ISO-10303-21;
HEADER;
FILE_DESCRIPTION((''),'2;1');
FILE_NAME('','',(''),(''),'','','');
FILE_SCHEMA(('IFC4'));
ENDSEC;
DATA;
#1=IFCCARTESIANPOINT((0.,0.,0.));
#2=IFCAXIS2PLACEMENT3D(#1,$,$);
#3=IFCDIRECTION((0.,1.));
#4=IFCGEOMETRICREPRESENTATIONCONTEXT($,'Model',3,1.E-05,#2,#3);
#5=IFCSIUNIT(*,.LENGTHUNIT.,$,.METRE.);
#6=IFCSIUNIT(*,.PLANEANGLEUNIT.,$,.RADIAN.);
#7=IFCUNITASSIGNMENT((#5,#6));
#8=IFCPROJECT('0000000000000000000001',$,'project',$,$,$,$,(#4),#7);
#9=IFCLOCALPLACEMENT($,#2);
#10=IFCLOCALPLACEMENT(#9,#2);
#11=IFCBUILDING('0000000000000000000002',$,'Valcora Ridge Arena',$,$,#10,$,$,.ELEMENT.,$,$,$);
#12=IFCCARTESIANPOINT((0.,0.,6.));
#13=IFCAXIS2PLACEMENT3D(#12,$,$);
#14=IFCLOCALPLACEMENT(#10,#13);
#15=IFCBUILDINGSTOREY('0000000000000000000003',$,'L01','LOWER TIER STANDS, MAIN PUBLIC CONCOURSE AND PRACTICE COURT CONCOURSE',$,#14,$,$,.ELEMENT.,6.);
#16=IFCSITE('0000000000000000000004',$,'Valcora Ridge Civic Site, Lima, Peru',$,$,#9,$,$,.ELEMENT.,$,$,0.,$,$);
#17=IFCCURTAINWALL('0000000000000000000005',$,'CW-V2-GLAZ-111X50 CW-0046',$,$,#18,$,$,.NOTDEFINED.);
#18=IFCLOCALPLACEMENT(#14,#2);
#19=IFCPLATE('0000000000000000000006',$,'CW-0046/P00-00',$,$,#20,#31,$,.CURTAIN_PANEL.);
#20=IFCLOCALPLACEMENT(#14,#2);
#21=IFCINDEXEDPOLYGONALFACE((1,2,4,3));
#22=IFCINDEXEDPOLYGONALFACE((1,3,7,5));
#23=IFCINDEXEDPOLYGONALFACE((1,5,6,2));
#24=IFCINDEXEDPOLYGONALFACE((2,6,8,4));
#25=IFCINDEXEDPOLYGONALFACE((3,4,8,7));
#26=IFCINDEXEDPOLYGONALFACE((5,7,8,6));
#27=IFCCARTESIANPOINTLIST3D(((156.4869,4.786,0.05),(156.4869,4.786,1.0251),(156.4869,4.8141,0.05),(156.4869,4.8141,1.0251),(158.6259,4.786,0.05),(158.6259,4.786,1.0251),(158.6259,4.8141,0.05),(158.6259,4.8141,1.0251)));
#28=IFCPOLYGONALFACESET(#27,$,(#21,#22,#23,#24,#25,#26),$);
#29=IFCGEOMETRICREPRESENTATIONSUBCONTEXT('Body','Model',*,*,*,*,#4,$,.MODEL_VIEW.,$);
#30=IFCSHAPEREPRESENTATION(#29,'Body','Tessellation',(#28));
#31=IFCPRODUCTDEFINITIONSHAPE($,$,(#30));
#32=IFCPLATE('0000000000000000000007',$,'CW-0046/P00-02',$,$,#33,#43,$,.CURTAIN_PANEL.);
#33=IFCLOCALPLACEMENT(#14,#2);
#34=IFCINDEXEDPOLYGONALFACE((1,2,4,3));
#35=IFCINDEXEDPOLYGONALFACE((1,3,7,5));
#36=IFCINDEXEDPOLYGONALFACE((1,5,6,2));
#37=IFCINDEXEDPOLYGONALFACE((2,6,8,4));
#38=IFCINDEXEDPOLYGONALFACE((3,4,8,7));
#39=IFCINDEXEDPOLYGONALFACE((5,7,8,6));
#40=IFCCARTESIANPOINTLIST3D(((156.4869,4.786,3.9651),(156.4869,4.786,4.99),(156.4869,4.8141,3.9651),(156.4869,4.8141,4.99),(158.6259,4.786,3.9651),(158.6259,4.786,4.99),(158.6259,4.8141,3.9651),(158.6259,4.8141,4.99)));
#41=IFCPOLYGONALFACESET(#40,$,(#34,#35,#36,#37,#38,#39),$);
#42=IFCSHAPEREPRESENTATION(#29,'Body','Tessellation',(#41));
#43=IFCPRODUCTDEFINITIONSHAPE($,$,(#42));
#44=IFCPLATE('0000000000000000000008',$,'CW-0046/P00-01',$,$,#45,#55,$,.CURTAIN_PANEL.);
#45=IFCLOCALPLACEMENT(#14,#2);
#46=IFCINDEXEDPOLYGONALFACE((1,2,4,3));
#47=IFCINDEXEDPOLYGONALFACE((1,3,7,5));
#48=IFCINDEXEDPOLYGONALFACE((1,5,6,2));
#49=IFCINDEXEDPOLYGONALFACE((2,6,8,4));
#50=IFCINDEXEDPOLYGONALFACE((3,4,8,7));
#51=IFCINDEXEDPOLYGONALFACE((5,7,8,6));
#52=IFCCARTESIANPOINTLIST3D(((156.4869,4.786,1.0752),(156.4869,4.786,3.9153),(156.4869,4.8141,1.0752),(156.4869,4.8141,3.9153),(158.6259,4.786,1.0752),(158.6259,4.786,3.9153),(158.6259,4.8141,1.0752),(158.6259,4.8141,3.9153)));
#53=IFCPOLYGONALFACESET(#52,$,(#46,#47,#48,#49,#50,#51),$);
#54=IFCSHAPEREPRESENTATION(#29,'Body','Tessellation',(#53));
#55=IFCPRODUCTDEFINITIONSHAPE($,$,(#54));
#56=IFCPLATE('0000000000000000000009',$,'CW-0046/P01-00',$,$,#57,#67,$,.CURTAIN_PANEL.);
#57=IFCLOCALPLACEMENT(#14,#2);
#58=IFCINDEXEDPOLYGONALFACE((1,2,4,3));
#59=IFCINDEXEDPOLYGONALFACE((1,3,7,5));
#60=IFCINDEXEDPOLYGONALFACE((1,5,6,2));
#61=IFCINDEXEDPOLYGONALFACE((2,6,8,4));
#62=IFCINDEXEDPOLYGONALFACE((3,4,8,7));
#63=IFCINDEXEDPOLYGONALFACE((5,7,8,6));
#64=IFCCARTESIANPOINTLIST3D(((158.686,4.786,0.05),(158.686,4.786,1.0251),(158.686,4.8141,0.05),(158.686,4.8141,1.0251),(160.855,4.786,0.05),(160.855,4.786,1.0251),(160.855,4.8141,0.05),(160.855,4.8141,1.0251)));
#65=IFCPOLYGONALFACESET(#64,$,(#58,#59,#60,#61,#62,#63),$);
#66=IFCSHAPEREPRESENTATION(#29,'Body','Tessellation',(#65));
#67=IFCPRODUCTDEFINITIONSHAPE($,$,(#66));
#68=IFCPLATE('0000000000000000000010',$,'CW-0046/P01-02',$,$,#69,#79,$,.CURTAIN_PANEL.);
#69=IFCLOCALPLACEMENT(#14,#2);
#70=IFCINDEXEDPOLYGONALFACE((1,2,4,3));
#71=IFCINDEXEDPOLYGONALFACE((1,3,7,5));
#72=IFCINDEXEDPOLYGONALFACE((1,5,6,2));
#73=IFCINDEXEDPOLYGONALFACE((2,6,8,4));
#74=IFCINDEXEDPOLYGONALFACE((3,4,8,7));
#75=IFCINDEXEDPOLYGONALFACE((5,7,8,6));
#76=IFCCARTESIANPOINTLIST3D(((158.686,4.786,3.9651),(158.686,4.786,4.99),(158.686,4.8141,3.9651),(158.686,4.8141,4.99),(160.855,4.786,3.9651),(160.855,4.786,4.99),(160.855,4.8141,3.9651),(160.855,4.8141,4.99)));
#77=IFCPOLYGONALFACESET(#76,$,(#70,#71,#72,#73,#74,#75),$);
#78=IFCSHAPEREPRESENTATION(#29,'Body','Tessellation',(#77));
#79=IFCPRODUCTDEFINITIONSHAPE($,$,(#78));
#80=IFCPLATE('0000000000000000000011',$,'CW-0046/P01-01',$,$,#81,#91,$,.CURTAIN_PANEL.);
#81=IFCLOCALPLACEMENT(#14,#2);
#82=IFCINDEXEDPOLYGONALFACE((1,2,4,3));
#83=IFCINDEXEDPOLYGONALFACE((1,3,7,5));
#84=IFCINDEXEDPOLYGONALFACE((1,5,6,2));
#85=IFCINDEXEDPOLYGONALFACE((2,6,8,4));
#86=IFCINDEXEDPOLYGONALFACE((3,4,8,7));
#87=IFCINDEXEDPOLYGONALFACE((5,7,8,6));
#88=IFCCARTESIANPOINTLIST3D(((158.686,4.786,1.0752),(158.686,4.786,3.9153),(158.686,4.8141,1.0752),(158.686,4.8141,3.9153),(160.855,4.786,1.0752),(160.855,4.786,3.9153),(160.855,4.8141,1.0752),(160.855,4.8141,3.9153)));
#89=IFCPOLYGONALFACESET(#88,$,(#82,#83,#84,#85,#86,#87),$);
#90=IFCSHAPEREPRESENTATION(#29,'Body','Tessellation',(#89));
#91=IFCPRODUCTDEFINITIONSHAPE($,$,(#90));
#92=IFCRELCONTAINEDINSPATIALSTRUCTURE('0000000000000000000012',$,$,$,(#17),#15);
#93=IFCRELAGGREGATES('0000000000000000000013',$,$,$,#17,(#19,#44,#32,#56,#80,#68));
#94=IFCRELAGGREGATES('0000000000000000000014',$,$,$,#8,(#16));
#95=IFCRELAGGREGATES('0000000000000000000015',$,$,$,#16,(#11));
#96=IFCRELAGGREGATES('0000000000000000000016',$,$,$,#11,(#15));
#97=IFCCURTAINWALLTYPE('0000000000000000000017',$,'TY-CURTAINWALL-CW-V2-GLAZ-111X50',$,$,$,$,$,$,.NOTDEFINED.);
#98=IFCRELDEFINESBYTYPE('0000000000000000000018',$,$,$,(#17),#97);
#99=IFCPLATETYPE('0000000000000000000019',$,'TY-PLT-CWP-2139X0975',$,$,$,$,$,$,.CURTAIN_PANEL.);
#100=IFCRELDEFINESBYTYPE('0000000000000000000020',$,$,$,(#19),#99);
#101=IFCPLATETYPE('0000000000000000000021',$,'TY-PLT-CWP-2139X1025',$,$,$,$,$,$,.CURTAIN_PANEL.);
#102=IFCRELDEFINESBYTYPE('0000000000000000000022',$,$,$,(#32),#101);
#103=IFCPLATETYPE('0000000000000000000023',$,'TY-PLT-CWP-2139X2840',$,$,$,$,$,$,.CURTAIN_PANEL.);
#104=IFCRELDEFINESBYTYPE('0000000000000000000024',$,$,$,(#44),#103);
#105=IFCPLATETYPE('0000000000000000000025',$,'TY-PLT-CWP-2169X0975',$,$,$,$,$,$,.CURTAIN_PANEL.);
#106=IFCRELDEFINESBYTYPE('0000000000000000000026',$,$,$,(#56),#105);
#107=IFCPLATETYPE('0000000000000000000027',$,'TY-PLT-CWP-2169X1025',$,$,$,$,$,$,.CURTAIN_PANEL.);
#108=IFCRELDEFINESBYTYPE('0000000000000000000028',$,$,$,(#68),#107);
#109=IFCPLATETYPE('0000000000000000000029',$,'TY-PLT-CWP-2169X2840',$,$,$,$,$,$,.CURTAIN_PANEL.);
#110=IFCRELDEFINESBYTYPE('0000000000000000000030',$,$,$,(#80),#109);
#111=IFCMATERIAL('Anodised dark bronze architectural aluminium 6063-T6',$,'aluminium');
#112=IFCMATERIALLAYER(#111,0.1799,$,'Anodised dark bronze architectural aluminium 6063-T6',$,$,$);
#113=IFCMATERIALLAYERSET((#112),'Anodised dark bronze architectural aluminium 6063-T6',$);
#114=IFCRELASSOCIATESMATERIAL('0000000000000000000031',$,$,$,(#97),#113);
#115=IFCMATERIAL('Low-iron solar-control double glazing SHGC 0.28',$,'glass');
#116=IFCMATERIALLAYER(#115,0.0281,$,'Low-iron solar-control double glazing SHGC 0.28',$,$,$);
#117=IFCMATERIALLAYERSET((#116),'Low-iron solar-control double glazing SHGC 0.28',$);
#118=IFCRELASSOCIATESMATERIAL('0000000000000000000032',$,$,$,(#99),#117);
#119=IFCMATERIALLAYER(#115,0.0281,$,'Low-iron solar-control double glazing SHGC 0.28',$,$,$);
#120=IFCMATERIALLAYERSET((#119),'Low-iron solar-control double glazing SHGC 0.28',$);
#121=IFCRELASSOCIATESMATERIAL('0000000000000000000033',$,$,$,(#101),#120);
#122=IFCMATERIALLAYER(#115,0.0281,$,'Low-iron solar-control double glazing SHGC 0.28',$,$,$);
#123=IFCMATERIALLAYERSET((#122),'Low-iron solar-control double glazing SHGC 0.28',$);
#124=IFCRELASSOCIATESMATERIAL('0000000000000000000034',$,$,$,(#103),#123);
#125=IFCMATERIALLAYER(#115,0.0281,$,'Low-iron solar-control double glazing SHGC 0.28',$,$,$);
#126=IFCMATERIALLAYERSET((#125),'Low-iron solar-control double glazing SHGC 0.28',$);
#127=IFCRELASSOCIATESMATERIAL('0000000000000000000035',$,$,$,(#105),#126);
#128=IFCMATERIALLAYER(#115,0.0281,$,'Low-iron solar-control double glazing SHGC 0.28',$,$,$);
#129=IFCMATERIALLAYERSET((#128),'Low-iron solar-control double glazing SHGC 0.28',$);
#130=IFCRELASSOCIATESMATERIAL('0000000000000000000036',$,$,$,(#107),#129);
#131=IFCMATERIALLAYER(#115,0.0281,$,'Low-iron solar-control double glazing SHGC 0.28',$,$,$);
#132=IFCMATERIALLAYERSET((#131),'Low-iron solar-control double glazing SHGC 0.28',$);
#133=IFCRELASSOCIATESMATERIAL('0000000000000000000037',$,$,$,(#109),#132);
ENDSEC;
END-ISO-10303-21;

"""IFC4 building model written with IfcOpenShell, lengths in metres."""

from ifc_helpers import new_model, si_unit, direction, frame, origin, origin_2d, place, context, subcontext, project, spatial, rectangle, extrude, material, layer, layer_set, type_object, element, aggregate, save


model = new_model("IFC4")

# Units and contexts
model_context = context("Model", 3, precision=1e-05, world=origin(), true_north=direction((0.0, 1.0)))
body_context = subcontext(model_context, "Body", "Model", "MODEL_VIEW")
ifc_project = project(units=[si_unit("LENGTHUNIT", "METRE"), si_unit("PLANEANGLEUNIT", "RADIAN")], contexts=[model_context])

# Site, building, storey
site_placement = place(None, origin())
site = spatial("IfcSite", under=ifc_project, at=site_placement, Name="Valcora Ridge Civic Site, Lima, Peru", CompositionType="ELEMENT", RefElevation=0.0)
building_placement = place(site_placement, origin())
building = spatial("IfcBuilding", under=site, at=building_placement, Name="Valcora Ridge Arena", CompositionType="ELEMENT")
storey_placement = place(building_placement, frame((0.0, 0.0, 6.0)))
storey = spatial("IfcBuildingStorey", under=building, at=storey_placement, Name="L01", Description="LOWER TIER STANDS, MAIN PUBLIC CONCOURSE AND PRACTICE COURT CONCOURSE", CompositionType="ELEMENT", Elevation=6.0)

# Shared definitions
ifc_material_1 = material(Name="Anodised dark bronze architectural aluminium 6063-T6", Category="aluminium")
ifc_layer_1 = layer(ifc_material_1, 0.1799, Name="Anodised dark bronze architectural aluminium 6063-T6")
ifc_layer_set_1 = layer_set([ifc_layer_1], Name="Anodised dark bronze architectural aluminium 6063-T6")
curtain_wall_type = type_object("IfcCurtainWallType", Name="TY-CURTAINWALL-CW-V2-GLAZ-111X50", PredefinedType="NOTDEFINED", material=ifc_layer_set_1)

# Curtain wall, plates
curtain_wall_1_placement = place(storey_placement, origin())
curtain_wall_1 = element("IfcCurtainWall", 1, at=curtain_wall_1_placement, inside=storey, type_object=curtain_wall_type, Name="CW-V2-GLAZ-111X50 CW-0046", PredefinedType="NOTDEFINED")
ifc_material_2 = material(Name="Low-iron solar-control double glazing SHGC 0.28", Category="glass")
ifc_layer_2 = layer(ifc_material_2, 0.0281, Name="Low-iron solar-control double glazing SHGC 0.28")
ifc_layer_set_2 = layer_set([ifc_layer_2], Name="Low-iron solar-control double glazing SHGC 0.28")
plate_type_1 = type_object("IfcPlateType", Name="TY-PLT-CWP-2139X0975", PredefinedType="CURTAIN_PANEL", material=ifc_layer_set_2)
plate_1_placement = place(storey_placement, frame((157.5564, 4.8, 0.05), z_axis=(0.0, 0.0, 1.0), x_axis=(1.0, 0.0, 0.0)))
plate_1 = element("IfcPlate", 2, at=plate_1_placement, type_object=plate_type_1, Name="CW-0046/P00-00", PredefinedType="CURTAIN_PANEL", context=body_context, shape_type="SweptSolid", body=[
    extrude(rectangle(XDim=2.1389, YDim=0.0281, at=origin_2d()), origin(), (0.0, 0.0, 1.0), 0.9751),
])
ifc_layer_3 = layer(ifc_material_2, 0.0281, Name="Low-iron solar-control double glazing SHGC 0.28")
ifc_layer_set_3 = layer_set([ifc_layer_3], Name="Low-iron solar-control double glazing SHGC 0.28")
plate_type_2 = type_object("IfcPlateType", Name="TY-PLT-CWP-2139X1025", PredefinedType="CURTAIN_PANEL", material=ifc_layer_set_3)
plate_2_placement = place(storey_placement, frame((157.5564, 4.8, 3.9651), z_axis=(0.0, 0.0, 1.0), x_axis=(1.0, 0.0, 0.0)))
plate_2 = element("IfcPlate", 3, at=plate_2_placement, type_object=plate_type_2, Name="CW-0046/P00-02", PredefinedType="CURTAIN_PANEL", context=body_context, shape_type="SweptSolid", body=[
    extrude(rectangle(XDim=2.1389, YDim=0.0281, at=origin_2d()), origin(), (0.0, 0.0, 1.0), 1.0249),
])
ifc_layer_4 = layer(ifc_material_2, 0.0281, Name="Low-iron solar-control double glazing SHGC 0.28")
ifc_layer_set_4 = layer_set([ifc_layer_4], Name="Low-iron solar-control double glazing SHGC 0.28")
plate_type_3 = type_object("IfcPlateType", Name="TY-PLT-CWP-2139X2840", PredefinedType="CURTAIN_PANEL", material=ifc_layer_set_4)
plate_3_placement = place(storey_placement, frame((157.5564, 4.8, 1.0752), z_axis=(0.0, 0.0, 1.0), x_axis=(1.0, 0.0, 0.0)))
plate_3 = element("IfcPlate", 4, at=plate_3_placement, type_object=plate_type_3, Name="CW-0046/P00-01", PredefinedType="CURTAIN_PANEL", context=body_context, shape_type="SweptSolid", body=[
    extrude(rectangle(XDim=2.1389, YDim=0.0281, at=origin_2d()), origin(), (0.0, 0.0, 1.0), 2.8401),
])
ifc_layer_5 = layer(ifc_material_2, 0.0281, Name="Low-iron solar-control double glazing SHGC 0.28")
ifc_layer_set_5 = layer_set([ifc_layer_5], Name="Low-iron solar-control double glazing SHGC 0.28")
plate_type_4 = type_object("IfcPlateType", Name="TY-PLT-CWP-2169X0975", PredefinedType="CURTAIN_PANEL", material=ifc_layer_set_5)
plate_4_placement = place(storey_placement, frame((159.7705, 4.8, 0.05), z_axis=(0.0, 0.0, 1.0), x_axis=(1.0, 0.0, 0.0)))
plate_4 = element("IfcPlate", 5, at=plate_4_placement, type_object=plate_type_4, Name="CW-0046/P01-00", PredefinedType="CURTAIN_PANEL", context=body_context, shape_type="SweptSolid", body=[
    extrude(rectangle(XDim=2.1689, YDim=0.0281, at=origin_2d()), origin(), (0.0, 0.0, 1.0), 0.9751),
])
ifc_layer_6 = layer(ifc_material_2, 0.0281, Name="Low-iron solar-control double glazing SHGC 0.28")
ifc_layer_set_6 = layer_set([ifc_layer_6], Name="Low-iron solar-control double glazing SHGC 0.28")
plate_type_5 = type_object("IfcPlateType", Name="TY-PLT-CWP-2169X1025", PredefinedType="CURTAIN_PANEL", material=ifc_layer_set_6)
plate_5_placement = place(storey_placement, frame((159.7705, 4.8, 3.9651), z_axis=(0.0, 0.0, 1.0), x_axis=(1.0, 0.0, 0.0)))
plate_5 = element("IfcPlate", 6, at=plate_5_placement, type_object=plate_type_5, Name="CW-0046/P01-02", PredefinedType="CURTAIN_PANEL", context=body_context, shape_type="SweptSolid", body=[
    extrude(rectangle(XDim=2.1689, YDim=0.0281, at=origin_2d()), origin(), (0.0, 0.0, 1.0), 1.0249),
])
ifc_layer_7 = layer(ifc_material_2, 0.0281, Name="Low-iron solar-control double glazing SHGC 0.28")
ifc_layer_set_7 = layer_set([ifc_layer_7], Name="Low-iron solar-control double glazing SHGC 0.28")
plate_type_6 = type_object("IfcPlateType", Name="TY-PLT-CWP-2169X2840", PredefinedType="CURTAIN_PANEL", material=ifc_layer_set_7)
plate_6_placement = place(storey_placement, frame((159.7705, 4.8, 1.0752), z_axis=(0.0, 0.0, 1.0), x_axis=(1.0, 0.0, 0.0)))
plate_6 = element("IfcPlate", 7, at=plate_6_placement, type_object=plate_type_6, Name="CW-0046/P01-01", PredefinedType="CURTAIN_PANEL", context=body_context, shape_type="SweptSolid", body=[
    extrude(rectangle(XDim=2.1689, YDim=0.0281, at=origin_2d()), origin(), (0.0, 0.0, 1.0), 2.8401),
])
aggregate(curtain_wall_1, [plate_1, plate_3, plate_2, plate_4, plate_6, plate_5])

save(model, "model.ifc")
